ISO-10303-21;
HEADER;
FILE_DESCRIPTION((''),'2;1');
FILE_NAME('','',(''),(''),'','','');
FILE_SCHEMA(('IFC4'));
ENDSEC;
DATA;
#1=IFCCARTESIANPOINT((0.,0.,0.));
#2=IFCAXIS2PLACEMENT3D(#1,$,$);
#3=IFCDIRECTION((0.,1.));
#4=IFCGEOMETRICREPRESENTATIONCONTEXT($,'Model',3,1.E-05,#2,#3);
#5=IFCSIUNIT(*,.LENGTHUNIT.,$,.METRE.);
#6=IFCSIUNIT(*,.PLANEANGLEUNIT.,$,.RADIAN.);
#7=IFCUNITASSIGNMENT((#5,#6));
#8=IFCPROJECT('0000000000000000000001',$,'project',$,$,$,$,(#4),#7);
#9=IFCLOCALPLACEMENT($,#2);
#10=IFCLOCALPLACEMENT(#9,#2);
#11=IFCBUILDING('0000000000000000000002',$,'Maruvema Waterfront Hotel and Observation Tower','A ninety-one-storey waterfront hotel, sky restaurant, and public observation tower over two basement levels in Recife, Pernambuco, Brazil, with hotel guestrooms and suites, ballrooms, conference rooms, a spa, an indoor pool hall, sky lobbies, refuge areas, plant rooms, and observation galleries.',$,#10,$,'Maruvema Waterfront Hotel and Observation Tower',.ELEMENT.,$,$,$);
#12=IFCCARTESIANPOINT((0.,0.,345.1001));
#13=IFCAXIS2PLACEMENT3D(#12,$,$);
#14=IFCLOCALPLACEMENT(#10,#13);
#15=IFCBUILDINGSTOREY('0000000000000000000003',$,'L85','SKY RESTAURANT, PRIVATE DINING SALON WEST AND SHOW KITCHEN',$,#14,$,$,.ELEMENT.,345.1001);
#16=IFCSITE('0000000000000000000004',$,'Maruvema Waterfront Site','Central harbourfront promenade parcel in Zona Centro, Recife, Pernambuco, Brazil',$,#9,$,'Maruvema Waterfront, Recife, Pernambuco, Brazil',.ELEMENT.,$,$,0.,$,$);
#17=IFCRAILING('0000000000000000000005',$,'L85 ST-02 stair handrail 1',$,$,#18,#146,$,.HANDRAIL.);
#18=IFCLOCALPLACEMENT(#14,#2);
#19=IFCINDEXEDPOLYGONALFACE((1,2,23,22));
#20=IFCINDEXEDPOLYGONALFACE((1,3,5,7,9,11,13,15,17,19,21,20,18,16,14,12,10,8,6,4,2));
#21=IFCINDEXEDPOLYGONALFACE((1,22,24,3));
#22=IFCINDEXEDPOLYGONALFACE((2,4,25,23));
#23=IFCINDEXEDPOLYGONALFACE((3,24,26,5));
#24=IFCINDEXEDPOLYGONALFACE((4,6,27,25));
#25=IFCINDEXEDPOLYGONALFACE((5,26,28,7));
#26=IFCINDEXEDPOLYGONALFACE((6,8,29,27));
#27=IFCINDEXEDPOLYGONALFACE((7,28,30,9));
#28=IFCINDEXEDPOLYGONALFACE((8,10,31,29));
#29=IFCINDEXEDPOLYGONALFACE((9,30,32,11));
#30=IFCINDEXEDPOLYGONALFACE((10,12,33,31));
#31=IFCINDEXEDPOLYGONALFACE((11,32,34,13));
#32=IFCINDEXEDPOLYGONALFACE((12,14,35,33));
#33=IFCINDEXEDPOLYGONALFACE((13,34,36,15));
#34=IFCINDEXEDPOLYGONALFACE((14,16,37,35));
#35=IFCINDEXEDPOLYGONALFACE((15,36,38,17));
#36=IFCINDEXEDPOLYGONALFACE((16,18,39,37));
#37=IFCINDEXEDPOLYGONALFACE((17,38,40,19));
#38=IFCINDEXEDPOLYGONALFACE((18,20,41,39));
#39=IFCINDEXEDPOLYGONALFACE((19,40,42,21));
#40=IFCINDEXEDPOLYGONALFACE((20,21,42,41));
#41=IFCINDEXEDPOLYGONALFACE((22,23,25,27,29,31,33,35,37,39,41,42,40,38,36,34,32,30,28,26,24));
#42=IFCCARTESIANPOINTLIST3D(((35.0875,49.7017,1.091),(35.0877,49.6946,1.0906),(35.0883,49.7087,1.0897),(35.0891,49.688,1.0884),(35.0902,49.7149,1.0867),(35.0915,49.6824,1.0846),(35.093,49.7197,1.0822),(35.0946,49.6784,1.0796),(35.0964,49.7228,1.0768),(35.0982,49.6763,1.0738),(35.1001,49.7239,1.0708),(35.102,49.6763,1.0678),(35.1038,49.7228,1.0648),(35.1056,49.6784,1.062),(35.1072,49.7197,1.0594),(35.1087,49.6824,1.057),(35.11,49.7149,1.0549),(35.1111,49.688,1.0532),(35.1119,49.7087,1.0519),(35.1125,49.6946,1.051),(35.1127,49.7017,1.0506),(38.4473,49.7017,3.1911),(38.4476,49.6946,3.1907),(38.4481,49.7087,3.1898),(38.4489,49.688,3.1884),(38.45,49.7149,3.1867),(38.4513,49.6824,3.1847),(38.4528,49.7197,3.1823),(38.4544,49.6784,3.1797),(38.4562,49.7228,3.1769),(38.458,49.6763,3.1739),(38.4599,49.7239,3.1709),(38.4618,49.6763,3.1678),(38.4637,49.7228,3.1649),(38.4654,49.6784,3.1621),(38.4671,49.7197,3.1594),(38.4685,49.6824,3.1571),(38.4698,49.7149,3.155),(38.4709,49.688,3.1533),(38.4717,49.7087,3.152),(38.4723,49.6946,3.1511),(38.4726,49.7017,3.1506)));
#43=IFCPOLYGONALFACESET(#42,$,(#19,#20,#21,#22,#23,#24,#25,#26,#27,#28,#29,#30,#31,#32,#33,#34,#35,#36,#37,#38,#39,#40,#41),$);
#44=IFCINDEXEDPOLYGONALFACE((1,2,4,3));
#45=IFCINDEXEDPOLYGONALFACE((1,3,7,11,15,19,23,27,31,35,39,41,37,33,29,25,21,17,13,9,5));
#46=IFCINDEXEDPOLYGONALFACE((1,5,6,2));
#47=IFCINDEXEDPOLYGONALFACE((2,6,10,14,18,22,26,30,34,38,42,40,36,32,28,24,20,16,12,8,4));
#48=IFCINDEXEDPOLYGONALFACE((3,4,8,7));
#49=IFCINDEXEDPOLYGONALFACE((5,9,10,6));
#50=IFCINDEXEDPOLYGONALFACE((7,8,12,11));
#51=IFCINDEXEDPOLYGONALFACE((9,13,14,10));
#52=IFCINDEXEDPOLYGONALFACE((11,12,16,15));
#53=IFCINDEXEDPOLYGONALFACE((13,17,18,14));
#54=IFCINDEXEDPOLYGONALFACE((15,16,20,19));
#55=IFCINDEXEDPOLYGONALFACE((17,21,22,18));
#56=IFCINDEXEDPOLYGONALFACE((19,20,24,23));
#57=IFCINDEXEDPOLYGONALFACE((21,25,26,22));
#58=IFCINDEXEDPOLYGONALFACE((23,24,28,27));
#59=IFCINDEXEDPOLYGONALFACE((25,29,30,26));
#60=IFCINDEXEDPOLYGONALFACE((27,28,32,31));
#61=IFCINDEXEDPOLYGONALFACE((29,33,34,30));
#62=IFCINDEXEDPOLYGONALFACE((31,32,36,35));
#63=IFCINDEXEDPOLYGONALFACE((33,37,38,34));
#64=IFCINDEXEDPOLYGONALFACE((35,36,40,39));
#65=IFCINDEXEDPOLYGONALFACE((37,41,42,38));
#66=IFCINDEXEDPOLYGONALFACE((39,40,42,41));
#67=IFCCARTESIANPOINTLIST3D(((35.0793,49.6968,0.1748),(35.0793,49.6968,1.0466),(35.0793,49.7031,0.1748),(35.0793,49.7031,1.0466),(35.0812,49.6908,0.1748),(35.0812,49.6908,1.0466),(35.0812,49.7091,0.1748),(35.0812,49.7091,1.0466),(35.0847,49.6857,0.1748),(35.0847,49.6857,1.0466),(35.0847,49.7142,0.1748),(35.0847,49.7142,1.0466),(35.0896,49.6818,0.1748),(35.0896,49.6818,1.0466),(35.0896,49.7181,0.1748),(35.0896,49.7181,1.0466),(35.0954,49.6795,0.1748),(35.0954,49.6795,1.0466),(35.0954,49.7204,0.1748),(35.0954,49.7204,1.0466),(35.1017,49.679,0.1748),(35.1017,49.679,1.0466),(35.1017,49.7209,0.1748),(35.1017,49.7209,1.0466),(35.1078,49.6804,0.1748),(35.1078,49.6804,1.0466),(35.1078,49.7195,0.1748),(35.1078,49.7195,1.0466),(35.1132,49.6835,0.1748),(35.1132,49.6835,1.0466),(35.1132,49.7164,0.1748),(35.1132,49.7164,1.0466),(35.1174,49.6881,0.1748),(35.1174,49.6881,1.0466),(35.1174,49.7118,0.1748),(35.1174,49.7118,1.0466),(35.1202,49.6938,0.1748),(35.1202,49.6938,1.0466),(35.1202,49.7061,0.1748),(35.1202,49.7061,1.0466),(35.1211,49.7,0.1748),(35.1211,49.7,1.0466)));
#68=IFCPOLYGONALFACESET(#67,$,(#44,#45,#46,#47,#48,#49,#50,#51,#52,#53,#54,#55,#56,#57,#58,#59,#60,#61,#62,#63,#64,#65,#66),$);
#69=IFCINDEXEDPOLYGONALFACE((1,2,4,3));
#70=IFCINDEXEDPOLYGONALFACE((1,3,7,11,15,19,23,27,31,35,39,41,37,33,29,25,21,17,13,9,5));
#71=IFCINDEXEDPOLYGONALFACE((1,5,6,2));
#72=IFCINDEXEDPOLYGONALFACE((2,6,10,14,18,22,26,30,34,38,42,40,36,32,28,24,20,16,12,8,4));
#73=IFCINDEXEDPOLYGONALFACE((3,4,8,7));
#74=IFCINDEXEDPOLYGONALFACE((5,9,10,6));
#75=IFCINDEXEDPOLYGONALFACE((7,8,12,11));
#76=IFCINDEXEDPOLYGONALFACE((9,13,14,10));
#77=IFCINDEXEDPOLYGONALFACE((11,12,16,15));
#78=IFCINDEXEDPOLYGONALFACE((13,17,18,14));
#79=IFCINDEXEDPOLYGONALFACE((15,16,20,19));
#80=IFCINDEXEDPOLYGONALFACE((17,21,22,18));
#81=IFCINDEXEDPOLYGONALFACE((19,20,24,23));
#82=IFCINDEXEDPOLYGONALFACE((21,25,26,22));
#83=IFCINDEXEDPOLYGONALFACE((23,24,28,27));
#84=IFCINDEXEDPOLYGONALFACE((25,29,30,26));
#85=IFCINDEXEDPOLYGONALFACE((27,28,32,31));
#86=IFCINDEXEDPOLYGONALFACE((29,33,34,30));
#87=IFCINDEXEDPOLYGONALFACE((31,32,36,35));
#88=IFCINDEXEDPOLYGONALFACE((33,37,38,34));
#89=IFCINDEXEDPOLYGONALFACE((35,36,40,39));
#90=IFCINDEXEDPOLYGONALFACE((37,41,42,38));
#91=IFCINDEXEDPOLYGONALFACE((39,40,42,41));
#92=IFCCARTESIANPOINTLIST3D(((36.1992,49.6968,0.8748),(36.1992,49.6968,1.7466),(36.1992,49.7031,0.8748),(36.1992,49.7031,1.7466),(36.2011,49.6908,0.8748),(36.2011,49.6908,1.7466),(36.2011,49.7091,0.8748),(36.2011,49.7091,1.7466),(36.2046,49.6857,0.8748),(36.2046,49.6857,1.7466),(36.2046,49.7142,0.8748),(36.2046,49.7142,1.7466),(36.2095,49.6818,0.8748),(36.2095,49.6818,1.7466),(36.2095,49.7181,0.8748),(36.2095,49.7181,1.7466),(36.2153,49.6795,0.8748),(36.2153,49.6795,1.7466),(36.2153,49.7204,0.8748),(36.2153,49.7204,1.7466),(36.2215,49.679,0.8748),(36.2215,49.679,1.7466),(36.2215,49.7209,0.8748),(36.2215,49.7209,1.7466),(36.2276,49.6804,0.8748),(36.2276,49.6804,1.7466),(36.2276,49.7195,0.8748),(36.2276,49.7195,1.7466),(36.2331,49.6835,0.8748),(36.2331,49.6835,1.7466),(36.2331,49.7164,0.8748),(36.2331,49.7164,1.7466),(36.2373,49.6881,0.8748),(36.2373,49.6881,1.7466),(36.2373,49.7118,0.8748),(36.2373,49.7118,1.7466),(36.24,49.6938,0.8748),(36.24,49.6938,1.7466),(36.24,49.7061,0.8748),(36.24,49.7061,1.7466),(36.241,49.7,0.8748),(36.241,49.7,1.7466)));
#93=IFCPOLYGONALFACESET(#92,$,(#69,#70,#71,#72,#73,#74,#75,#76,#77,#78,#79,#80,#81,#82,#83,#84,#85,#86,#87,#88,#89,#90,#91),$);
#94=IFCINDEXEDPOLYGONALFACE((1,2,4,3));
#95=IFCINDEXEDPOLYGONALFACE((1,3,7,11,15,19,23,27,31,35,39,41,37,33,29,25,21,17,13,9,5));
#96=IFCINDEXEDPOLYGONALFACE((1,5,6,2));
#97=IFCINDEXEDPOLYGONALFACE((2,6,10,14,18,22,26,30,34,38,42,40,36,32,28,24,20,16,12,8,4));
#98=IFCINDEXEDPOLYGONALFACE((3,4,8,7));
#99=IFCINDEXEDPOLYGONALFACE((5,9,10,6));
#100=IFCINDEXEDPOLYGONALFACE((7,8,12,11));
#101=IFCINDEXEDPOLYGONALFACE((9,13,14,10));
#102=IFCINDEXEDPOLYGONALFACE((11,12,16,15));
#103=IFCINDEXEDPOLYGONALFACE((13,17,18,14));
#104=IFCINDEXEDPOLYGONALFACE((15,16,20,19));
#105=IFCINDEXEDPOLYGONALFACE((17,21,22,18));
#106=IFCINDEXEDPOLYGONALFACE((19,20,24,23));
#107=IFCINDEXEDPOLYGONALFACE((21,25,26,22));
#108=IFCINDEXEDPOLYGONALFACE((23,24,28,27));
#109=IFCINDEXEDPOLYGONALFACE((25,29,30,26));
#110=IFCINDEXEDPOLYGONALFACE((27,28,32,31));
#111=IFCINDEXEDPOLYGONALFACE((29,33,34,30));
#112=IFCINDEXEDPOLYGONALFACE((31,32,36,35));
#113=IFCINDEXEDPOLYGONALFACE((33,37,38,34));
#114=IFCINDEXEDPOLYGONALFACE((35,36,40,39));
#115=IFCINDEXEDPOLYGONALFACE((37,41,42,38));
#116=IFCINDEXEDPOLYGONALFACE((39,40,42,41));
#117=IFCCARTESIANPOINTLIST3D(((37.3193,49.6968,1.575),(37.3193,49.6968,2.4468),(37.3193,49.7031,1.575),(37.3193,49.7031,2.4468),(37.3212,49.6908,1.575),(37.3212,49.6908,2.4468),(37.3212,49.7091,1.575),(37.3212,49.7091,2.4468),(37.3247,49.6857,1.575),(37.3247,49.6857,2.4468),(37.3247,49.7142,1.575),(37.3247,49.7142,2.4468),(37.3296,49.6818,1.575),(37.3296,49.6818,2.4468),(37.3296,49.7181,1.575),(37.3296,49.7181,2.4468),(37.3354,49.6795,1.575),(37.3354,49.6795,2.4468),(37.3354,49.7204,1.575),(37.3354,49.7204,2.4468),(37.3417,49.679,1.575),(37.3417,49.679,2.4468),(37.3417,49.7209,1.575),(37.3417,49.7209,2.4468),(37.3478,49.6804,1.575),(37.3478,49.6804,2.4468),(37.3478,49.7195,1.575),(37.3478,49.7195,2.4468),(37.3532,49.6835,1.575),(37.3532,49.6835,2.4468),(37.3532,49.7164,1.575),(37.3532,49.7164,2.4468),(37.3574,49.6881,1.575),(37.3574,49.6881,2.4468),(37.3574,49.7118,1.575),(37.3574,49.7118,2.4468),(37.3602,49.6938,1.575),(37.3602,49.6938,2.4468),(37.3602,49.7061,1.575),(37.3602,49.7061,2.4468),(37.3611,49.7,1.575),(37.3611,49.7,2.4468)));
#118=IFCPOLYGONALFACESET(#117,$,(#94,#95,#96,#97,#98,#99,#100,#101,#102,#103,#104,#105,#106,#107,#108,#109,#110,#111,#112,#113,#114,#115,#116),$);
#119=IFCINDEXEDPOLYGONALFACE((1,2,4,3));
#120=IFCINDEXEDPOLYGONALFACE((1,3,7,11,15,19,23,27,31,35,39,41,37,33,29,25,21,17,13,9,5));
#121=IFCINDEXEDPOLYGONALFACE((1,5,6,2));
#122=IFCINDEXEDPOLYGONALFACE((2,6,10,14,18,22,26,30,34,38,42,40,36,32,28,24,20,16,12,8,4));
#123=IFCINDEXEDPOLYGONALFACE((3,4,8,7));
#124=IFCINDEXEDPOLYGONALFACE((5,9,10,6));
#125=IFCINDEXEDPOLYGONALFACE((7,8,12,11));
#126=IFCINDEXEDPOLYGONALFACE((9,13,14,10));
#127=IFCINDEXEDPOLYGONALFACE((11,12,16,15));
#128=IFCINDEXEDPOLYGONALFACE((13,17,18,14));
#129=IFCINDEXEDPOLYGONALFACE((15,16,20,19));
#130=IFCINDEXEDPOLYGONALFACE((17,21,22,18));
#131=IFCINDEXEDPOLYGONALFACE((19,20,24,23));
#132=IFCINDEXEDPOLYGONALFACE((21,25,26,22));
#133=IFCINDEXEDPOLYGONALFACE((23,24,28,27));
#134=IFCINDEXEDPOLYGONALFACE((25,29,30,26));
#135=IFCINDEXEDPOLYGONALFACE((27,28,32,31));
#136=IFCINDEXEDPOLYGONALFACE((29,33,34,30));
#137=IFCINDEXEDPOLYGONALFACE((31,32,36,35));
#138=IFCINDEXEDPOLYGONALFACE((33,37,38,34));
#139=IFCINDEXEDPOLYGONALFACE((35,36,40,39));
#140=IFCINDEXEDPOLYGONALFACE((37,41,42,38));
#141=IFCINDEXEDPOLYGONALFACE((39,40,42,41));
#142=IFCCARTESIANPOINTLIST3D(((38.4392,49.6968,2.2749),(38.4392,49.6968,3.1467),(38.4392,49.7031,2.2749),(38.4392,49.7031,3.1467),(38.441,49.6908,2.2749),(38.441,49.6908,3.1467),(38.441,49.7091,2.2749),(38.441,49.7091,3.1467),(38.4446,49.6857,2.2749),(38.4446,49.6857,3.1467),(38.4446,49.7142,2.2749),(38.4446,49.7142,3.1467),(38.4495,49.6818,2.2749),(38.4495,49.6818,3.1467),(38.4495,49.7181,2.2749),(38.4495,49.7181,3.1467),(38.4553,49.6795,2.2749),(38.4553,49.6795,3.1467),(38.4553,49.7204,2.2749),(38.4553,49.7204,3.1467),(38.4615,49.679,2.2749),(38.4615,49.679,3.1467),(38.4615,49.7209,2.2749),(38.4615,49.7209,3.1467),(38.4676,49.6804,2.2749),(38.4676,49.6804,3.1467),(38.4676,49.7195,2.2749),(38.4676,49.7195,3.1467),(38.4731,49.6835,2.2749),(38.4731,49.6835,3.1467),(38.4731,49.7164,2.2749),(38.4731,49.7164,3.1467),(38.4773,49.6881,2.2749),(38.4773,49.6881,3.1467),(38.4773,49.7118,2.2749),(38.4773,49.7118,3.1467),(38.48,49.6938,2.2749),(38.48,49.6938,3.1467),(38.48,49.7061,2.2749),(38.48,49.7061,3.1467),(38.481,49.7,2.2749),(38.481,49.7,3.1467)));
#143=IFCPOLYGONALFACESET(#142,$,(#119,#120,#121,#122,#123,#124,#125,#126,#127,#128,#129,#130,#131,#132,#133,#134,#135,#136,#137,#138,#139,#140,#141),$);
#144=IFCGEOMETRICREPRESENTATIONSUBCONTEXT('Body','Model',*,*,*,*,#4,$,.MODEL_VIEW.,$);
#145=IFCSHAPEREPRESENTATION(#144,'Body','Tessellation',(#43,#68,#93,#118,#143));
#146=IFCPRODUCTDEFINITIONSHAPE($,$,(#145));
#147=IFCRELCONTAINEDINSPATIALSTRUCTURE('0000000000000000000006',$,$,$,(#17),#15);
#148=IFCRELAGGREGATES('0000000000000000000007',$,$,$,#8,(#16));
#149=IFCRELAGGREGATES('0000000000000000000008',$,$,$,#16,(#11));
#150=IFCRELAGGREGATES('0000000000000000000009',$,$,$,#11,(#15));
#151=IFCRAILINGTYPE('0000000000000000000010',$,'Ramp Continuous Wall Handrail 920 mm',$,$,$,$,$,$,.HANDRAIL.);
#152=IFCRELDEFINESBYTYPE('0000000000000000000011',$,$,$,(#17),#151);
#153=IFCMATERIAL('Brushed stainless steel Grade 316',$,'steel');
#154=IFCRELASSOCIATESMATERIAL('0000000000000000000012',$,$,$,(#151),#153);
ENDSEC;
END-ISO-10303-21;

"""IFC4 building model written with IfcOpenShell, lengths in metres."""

from ifc_helpers import new_model, si_unit, direction, frame, origin, origin_2d, place, context, subcontext, project, spatial, circle, extrude, material, type_object, element, save


model = new_model("IFC4")

# Units and contexts
model_context = context("Model", 3, precision=1e-05, world=origin(), true_north=direction((0.0, 1.0)))
body_context = subcontext(model_context, "Body", "Model", "MODEL_VIEW")
ifc_project = project(units=[si_unit("LENGTHUNIT", "METRE"), si_unit("PLANEANGLEUNIT", "RADIAN")], contexts=[model_context])

# Site, building, storey
site_placement = place(None, origin())
site = spatial("IfcSite", under=ifc_project, at=site_placement, Name="Maruvema Waterfront Site", Description="Central harbourfront promenade parcel in Zona Centro, Recife, Pernambuco, Brazil", LongName="Maruvema Waterfront, Recife, Pernambuco, Brazil", CompositionType="ELEMENT", RefElevation=0.0)
building_placement = place(site_placement, origin())
building = spatial("IfcBuilding", under=site, at=building_placement, Name="Maruvema Waterfront Hotel and Observation Tower", Description="A ninety-one-storey waterfront hotel, sky restaurant, and public observation tower over two basement levels in Recife, Pernambuco, Brazil, with hotel guestrooms and suites, ballrooms, conference rooms, a spa, an indoor pool hall, sky lobbies, refuge areas, plant rooms, and observation galleries.", LongName="Maruvema Waterfront Hotel and Observation Tower", CompositionType="ELEMENT")
storey_placement = place(building_placement, frame((0.0, 0.0, 345.1001)))
storey = spatial("IfcBuildingStorey", under=building, at=storey_placement, Name="L85", Description="SKY RESTAURANT, PRIVATE DINING SALON WEST AND SHOW KITCHEN", CompositionType="ELEMENT", Elevation=345.1001)

# Railing
ifc_material_1 = material(Name="Brushed stainless steel Grade 316", Category="steel")
railing_type_1 = type_object("IfcRailingType", Name="Ramp Continuous Wall Handrail 920 mm", PredefinedType="HANDRAIL", material=ifc_material_1)
railing_1_placement = place(storey_placement, frame((35.1001, 49.7, 0.1748)))
element("IfcRailing", 1, at=railing_1_placement, inside=storey, type_object=railing_type_1, Name="L85 ST-02 stair handrail 1", PredefinedType="HANDRAIL", context=body_context, shape_type="SweptSolid", body=[
    extrude(circle(Radius=0.0239, at=origin_2d()), frame((0.0, 0.0, 0.896), z_axis=(0.847978, 0.0, 0.530032), x_axis=(0.0, 1.0, 0.0)), (0.0, 0.0, 1.0), 3.9622),
    extrude(circle(Radius=0.021, at=origin_2d()), origin(), (0.0, 0.0, 1.0), 0.8718),
    extrude(circle(Radius=0.021, at=origin_2d()), frame((1.1199, 0.0, 0.7)), (0.0, 0.0, 1.0), 0.8718),
    extrude(circle(Radius=0.021, at=origin_2d()), frame((2.24, 0.0, 1.4001)), (0.0, 0.0, 1.0), 0.8718),
    extrude(circle(Radius=0.021, at=origin_2d()), frame((3.3599, 0.0, 2.1001)), (0.0, 0.0, 1.0), 0.8718),
])

save(model, "model.ifc")
